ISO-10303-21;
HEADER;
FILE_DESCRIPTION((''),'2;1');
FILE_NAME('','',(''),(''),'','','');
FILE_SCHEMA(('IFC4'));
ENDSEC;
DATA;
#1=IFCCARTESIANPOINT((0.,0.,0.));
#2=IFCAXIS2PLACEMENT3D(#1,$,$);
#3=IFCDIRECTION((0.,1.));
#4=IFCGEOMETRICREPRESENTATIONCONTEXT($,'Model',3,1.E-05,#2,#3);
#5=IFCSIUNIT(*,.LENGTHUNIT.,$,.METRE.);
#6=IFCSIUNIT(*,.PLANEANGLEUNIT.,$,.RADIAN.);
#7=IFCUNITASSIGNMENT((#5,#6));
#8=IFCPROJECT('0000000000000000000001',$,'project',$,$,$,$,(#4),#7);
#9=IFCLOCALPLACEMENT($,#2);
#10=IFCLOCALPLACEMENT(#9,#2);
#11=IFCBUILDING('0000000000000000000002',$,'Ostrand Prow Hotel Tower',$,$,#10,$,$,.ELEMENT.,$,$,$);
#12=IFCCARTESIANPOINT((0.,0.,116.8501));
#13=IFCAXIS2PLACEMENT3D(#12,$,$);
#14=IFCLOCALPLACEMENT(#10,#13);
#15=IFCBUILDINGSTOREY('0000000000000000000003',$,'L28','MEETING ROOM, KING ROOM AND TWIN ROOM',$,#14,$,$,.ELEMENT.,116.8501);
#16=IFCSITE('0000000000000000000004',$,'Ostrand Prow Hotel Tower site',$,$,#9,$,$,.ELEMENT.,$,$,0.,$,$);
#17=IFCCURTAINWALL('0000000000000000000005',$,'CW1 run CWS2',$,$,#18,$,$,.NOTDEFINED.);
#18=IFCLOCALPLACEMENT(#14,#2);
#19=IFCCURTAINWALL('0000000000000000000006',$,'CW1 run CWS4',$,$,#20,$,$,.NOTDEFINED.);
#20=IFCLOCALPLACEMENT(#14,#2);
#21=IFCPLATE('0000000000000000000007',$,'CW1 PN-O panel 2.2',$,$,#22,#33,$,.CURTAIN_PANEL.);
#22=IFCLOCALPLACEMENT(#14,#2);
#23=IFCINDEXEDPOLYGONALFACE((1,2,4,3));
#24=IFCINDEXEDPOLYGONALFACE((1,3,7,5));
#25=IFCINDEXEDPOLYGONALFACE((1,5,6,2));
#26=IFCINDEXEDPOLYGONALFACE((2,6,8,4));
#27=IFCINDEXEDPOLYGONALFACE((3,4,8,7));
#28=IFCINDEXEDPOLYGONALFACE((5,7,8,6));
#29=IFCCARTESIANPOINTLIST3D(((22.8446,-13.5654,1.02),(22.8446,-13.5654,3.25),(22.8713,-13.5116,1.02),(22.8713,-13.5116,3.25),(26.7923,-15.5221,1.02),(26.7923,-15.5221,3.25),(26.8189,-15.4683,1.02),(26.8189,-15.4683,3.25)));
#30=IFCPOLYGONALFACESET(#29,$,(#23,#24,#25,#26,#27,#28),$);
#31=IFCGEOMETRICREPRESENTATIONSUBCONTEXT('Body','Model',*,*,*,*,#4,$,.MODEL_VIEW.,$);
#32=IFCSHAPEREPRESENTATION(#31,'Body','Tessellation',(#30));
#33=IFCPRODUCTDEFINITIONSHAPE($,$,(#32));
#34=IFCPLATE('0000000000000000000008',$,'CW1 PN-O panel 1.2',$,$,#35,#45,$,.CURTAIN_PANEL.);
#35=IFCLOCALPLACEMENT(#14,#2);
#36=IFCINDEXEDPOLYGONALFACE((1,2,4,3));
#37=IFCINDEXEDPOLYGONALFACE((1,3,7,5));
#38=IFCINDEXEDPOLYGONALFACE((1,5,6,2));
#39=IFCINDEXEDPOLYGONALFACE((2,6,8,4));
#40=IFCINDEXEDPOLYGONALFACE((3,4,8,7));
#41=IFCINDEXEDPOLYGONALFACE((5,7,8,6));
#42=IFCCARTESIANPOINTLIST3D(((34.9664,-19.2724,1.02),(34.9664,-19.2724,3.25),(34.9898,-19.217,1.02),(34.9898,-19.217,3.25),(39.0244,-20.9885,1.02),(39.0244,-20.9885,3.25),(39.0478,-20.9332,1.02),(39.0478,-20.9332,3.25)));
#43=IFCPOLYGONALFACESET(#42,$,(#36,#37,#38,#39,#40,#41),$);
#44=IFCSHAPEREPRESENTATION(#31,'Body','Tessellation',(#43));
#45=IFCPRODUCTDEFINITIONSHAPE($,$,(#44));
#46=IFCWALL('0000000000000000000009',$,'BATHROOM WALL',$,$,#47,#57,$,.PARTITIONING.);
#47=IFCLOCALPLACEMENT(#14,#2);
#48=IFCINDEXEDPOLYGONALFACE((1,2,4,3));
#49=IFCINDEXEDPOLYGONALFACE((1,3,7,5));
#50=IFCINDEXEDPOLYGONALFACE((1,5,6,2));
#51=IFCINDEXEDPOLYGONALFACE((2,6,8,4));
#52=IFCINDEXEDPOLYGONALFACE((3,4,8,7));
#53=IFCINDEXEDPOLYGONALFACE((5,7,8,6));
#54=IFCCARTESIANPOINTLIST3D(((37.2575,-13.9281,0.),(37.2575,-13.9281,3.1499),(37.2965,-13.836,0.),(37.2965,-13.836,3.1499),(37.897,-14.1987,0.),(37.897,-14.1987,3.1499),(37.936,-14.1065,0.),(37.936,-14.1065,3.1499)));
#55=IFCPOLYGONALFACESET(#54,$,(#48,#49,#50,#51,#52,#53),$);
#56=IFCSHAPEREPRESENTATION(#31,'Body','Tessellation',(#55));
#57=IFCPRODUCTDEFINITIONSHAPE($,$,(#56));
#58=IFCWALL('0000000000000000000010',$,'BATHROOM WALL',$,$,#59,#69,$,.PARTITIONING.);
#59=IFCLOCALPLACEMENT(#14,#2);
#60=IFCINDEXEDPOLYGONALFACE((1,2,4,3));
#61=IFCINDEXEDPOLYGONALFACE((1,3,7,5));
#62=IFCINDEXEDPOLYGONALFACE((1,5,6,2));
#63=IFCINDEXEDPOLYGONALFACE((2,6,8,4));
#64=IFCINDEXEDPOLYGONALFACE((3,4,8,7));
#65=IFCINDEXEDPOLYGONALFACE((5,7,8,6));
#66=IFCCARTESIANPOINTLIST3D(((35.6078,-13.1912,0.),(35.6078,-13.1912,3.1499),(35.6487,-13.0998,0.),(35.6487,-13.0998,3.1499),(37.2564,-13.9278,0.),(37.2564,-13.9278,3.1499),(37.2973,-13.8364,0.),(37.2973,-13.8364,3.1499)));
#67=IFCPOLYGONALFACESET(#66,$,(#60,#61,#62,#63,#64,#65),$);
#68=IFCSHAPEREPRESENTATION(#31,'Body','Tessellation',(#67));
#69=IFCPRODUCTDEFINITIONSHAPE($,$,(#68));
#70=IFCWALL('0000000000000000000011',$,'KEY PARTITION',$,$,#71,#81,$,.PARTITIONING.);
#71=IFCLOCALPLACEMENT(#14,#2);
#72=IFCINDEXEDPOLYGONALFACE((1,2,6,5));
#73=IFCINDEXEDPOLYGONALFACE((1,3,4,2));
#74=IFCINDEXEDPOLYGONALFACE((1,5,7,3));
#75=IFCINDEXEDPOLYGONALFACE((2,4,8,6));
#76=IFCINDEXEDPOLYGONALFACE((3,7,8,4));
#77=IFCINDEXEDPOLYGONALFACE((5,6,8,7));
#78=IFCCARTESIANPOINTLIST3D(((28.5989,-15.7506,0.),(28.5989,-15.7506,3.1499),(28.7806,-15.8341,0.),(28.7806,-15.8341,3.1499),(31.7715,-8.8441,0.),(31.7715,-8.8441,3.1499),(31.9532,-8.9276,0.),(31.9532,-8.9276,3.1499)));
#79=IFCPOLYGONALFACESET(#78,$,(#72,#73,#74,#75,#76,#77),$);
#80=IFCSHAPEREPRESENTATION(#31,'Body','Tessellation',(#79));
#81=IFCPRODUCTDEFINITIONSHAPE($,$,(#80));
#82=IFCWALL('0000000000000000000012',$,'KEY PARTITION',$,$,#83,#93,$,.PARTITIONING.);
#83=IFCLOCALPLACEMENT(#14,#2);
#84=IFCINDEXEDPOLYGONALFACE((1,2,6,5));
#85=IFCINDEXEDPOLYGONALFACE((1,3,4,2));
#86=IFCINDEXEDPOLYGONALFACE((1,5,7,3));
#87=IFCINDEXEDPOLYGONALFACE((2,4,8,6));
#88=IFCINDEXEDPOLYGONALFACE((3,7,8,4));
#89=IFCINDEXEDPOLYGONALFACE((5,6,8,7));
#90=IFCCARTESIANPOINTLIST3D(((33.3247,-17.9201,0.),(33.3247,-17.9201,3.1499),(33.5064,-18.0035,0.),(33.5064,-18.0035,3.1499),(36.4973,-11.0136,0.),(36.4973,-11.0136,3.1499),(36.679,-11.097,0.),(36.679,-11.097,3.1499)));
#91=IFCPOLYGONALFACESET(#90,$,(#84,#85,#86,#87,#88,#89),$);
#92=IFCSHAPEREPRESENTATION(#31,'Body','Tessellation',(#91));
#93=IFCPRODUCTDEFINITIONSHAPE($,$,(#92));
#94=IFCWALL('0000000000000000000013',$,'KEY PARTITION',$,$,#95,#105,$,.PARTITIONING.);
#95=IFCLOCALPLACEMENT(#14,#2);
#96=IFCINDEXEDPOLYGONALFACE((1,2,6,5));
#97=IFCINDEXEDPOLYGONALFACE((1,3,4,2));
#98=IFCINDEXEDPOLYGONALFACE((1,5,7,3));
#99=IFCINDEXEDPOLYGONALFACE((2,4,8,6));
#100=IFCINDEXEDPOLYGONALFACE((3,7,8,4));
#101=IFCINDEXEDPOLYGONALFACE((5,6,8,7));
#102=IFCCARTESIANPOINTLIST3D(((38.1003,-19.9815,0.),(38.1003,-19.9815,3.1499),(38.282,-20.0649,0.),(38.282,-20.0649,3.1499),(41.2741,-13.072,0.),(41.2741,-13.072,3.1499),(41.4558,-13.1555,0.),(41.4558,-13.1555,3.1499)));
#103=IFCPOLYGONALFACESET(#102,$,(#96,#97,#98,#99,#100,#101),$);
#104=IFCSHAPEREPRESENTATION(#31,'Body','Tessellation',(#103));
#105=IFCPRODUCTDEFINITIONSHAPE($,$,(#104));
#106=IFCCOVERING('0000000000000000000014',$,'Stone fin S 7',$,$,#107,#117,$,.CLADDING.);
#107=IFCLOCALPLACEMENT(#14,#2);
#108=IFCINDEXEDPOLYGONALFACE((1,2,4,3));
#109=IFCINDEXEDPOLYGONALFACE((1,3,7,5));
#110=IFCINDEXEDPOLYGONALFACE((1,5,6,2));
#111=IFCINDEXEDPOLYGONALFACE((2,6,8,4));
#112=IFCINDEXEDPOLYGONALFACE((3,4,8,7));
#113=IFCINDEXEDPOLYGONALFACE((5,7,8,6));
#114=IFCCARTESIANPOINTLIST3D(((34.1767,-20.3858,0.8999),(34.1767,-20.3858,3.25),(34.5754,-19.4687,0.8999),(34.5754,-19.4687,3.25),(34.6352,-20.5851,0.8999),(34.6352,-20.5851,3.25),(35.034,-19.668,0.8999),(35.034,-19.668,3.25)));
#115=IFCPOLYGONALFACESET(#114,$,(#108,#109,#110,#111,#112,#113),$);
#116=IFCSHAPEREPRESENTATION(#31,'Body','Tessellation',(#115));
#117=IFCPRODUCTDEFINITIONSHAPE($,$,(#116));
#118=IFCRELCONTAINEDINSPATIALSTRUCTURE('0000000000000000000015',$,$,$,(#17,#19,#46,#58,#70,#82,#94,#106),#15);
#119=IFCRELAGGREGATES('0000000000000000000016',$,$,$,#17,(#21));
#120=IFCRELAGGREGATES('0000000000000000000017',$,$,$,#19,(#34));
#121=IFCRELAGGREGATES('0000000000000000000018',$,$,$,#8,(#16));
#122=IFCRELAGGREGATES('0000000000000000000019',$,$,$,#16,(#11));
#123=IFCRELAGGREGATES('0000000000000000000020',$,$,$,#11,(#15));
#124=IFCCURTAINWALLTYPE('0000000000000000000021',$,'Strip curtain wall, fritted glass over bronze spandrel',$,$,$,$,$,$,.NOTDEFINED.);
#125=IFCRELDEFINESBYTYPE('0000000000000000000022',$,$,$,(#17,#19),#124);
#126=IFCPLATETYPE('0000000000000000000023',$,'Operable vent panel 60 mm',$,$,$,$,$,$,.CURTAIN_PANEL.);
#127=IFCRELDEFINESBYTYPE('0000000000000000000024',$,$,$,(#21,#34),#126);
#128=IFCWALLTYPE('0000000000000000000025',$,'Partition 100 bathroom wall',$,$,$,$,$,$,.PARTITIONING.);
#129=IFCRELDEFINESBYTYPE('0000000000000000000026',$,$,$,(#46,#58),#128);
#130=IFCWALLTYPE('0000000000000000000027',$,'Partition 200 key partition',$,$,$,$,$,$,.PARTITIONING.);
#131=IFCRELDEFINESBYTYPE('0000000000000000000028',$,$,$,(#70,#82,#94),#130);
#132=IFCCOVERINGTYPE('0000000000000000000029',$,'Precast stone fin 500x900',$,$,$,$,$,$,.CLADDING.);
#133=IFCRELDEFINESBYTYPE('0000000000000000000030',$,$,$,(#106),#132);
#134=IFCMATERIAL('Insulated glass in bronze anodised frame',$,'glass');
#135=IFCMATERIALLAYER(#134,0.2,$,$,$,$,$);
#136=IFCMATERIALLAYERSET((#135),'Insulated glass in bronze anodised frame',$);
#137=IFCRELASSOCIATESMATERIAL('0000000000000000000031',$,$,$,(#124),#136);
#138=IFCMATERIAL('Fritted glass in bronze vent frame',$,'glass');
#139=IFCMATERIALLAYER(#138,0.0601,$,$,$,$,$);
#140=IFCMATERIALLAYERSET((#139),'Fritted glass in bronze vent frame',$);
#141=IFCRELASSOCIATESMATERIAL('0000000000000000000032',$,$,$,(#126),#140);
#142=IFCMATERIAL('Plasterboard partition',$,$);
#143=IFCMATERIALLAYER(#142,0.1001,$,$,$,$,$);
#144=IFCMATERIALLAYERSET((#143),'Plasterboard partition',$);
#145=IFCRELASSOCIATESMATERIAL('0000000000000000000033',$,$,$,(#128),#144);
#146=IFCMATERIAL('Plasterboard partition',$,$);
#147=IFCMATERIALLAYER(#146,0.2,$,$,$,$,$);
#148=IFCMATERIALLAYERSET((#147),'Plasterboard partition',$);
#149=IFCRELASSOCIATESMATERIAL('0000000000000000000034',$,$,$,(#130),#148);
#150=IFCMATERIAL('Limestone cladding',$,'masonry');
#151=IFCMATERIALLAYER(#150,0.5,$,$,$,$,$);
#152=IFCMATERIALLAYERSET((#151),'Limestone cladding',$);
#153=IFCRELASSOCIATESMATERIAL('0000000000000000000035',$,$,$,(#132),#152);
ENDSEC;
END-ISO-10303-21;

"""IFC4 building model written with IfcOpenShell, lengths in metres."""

from ifc_helpers import new_model, si_unit, direction, frame, frame_2d, origin, origin_2d, place, context, subcontext, project, spatial, rectangle, extrude, material, layer, layer_set, type_object, element, aggregate, save


model = new_model("IFC4")

# Units and contexts
model_context = context("Model", 3, precision=1e-05, world=origin(), true_north=direction((0.0, 1.0)))
body_context = subcontext(model_context, "Body", "Model", "MODEL_VIEW")
ifc_project = project(units=[si_unit("LENGTHUNIT", "METRE"), si_unit("PLANEANGLEUNIT", "RADIAN")], contexts=[model_context])

# Site, building, storey
site_placement = place(None, origin())
site = spatial("IfcSite", under=ifc_project, at=site_placement, Name="Ostrand Prow Hotel Tower site", CompositionType="ELEMENT", RefElevation=0.0)
building_placement = place(site_placement, origin())
building = spatial("IfcBuilding", under=site, at=building_placement, Name="Ostrand Prow Hotel Tower", CompositionType="ELEMENT")
storey_placement = place(building_placement, frame((0.0, 0.0, 116.8501)))
storey = spatial("IfcBuildingStorey", under=building, at=storey_placement, Name="L28", Description="MEETING ROOM, KING ROOM AND TWIN ROOM", CompositionType="ELEMENT", Elevation=116.8501)

# Curtain wall
ifc_material_1 = material(Name="Insulated glass in bronze anodised frame", Category="glass")
ifc_layer_1 = layer(ifc_material_1, 0.2)
ifc_layer_set_1 = layer_set([ifc_layer_1], Name="Insulated glass in bronze anodised frame")
curtain_wall_type = type_object("IfcCurtainWallType", Name="Strip curtain wall, fritted glass over bronze spandrel", PredefinedType="NOTDEFINED", material=ifc_layer_set_1)
curtain_wall_1_placement = place(storey_placement, origin())
curtain_wall_1 = element("IfcCurtainWall", 1, at=curtain_wall_1_placement, inside=storey, type_object=curtain_wall_type, Name="CW1 run CWS2", PredefinedType="NOTDEFINED")

# Curtain wall
curtain_wall_2_placement = place(storey_placement, origin())
curtain_wall_2 = element("IfcCurtainWall", 2, at=curtain_wall_2_placement, inside=storey, type_object=curtain_wall_type, Name="CW1 run CWS4", PredefinedType="NOTDEFINED")

# Plates
ifc_material_2 = material(Name="Fritted glass in bronze vent frame", Category="glass")
ifc_layer_2 = layer(ifc_material_2, 0.0601)
ifc_layer_set_2 = layer_set([ifc_layer_2], Name="Fritted glass in bronze vent frame")
plate_type_1 = type_object("IfcPlateType", Name="Operable vent panel 60 mm", PredefinedType="CURTAIN_PANEL", material=ifc_layer_set_2)
plate_1_placement = place(storey_placement, frame((24.8318, -14.5168, 1.02), z_axis=(0.0, 0.0, 1.0), x_axis=(0.895971, -0.444113, 0.0)))
plate_1 = element("IfcPlate", 3, at=plate_1_placement, type_object=plate_type_1, Name="CW1 PN-O panel 2.2", PredefinedType="CURTAIN_PANEL", context=body_context, shape_type="SweptSolid", body=[
    extrude(rectangle(XDim=4.406, YDim=0.0601, at=origin_2d()), origin(), (0.0, 0.0, 1.0), 2.23),
])
aggregate(curtain_wall_1, [plate_1])
plate_2_placement = place(storey_placement, frame((37.0071, -20.1028, 1.02), z_axis=(0.0, 0.0, 1.0), x_axis=(0.921024, -0.389507, 0.0)))
plate_2 = element("IfcPlate", 4, at=plate_2_placement, type_object=plate_type_1, Name="CW1 PN-O panel 1.2", PredefinedType="CURTAIN_PANEL", context=body_context, shape_type="SweptSolid", body=[
    extrude(rectangle(XDim=4.406, YDim=0.0601, at=origin_2d()), origin(), (0.0, 0.0, 1.0), 2.23),
])
aggregate(curtain_wall_2, [plate_2])

# Walls
ifc_material_3 = material(Name="Plasterboard partition")
ifc_layer_3 = layer(ifc_material_3, 0.1001)
ifc_layer_set_3 = layer_set([ifc_layer_3], Name="Plasterboard partition")
wall_type_1 = type_object("IfcWallType", Name="Partition 100 bathroom wall", PredefinedType="PARTITIONING", material=ifc_layer_set_3)
wall_1_placement = place(storey_placement, frame((37.9165, -14.1526, 0.0), z_axis=(0.0, 0.0, 1.0), x_axis=(-0.920972, 0.389629, 0.0)))
element("IfcWall", 5, at=wall_1_placement, inside=storey, type_object=wall_type_1, Name="BATHROOM WALL", PredefinedType="PARTITIONING", context=body_context, shape_type="SweptSolid", body=[
    extrude(rectangle(XDim=0.6943, YDim=0.1001, at=frame_2d((0.3472, 0.0))), origin(), (0.0, 0.0, 1.0), 3.1499),
])
wall_2_placement = place(storey_placement, frame((37.2769, -13.8821, 0.0), z_axis=(0.0, 0.0, 1.0), x_axis=(-0.913024, 0.407906, 0.0)))
element("IfcWall", 6, at=wall_2_placement, inside=storey, type_object=wall_type_1, Name="BATHROOM WALL", PredefinedType="PARTITIONING", context=body_context, shape_type="SweptSolid", body=[
    extrude(rectangle(XDim=1.8057, YDim=0.1001, at=frame_2d((0.9028, 0.0))), origin(), (0.0, 0.0, 1.0), 3.1499),
])
ifc_material_4 = material(Name="Plasterboard partition")
ifc_layer_4 = layer(ifc_material_4, 0.2)
ifc_layer_set_4 = layer_set([ifc_layer_4], Name="Plasterboard partition")
wall_type_2 = type_object("IfcWallType", Name="Partition 200 key partition", PredefinedType="PARTITIONING", material=ifc_layer_set_4)
for number, where, z_axis, x_axis, name in (
    (7, (28.6897, -15.7925, 0.0), (0.0, 0.0, 1.0), (0.41743, 0.908709, 0.0), "KEY PARTITION"),
    (8, (33.4155, -17.9619, 0.0), (0.0, 0.0, 1.0), (0.41743, 0.908709, 0.0), "KEY PARTITION"),
):
    element("IfcWall", number, at=place(storey_placement, frame(where, z_axis=z_axis, x_axis=x_axis)), inside=storey, type_object=wall_type_2, Name=name, PredefinedType="PARTITIONING", context=body_context, shape_type="SweptSolid", body=[
        extrude(rectangle(XDim=7.6003, YDim=0.2, at=frame_2d((3.8003, 0.0))), origin(), (0.0, 0.0, 1.0), 3.1499),
    ])
wall_3_placement = place(storey_placement, frame((38.1912, -20.0232, 0.0), z_axis=(0.0, 0.0, 1.0), x_axis=(0.417416, 0.908715, 0.0)))
element("IfcWall", 9, at=wall_3_placement, inside=storey, type_object=wall_type_2, Name="KEY PARTITION", PredefinedType="PARTITIONING", context=body_context, shape_type="SweptSolid", body=[
    extrude(rectangle(XDim=7.6035, YDim=0.2, at=frame_2d((3.8018, 0.0))), origin(), (0.0, 0.0, 1.0), 3.1499),
])

# Covering
ifc_material_5 = material(Name="Limestone cladding", Category="masonry")
ifc_layer_5 = layer(ifc_material_5, 0.5)
ifc_layer_set_5 = layer_set([ifc_layer_5], Name="Limestone cladding")
covering_type = type_object("IfcCoveringType", Name="Precast stone fin 500x900", PredefinedType="CLADDING", material=ifc_layer_set_5)
covering_placement = place(storey_placement, frame((34.8047, -19.5684, 0.8999), z_axis=(0.0, 0.0, 1.0), x_axis=(-0.398717, -0.917074, 0.0)))
element("IfcCovering", 10, at=covering_placement, inside=storey, type_object=covering_type, Name="Stone fin S 7", PredefinedType="CLADDING", context=body_context, shape_type="SweptSolid", body=[
    extrude(rectangle(XDim=1.0, YDim=0.5, at=frame_2d((0.5, 0.0))), origin(), (0.0, 0.0, 1.0), 2.3501),
])

save(model, "model.ifc")
